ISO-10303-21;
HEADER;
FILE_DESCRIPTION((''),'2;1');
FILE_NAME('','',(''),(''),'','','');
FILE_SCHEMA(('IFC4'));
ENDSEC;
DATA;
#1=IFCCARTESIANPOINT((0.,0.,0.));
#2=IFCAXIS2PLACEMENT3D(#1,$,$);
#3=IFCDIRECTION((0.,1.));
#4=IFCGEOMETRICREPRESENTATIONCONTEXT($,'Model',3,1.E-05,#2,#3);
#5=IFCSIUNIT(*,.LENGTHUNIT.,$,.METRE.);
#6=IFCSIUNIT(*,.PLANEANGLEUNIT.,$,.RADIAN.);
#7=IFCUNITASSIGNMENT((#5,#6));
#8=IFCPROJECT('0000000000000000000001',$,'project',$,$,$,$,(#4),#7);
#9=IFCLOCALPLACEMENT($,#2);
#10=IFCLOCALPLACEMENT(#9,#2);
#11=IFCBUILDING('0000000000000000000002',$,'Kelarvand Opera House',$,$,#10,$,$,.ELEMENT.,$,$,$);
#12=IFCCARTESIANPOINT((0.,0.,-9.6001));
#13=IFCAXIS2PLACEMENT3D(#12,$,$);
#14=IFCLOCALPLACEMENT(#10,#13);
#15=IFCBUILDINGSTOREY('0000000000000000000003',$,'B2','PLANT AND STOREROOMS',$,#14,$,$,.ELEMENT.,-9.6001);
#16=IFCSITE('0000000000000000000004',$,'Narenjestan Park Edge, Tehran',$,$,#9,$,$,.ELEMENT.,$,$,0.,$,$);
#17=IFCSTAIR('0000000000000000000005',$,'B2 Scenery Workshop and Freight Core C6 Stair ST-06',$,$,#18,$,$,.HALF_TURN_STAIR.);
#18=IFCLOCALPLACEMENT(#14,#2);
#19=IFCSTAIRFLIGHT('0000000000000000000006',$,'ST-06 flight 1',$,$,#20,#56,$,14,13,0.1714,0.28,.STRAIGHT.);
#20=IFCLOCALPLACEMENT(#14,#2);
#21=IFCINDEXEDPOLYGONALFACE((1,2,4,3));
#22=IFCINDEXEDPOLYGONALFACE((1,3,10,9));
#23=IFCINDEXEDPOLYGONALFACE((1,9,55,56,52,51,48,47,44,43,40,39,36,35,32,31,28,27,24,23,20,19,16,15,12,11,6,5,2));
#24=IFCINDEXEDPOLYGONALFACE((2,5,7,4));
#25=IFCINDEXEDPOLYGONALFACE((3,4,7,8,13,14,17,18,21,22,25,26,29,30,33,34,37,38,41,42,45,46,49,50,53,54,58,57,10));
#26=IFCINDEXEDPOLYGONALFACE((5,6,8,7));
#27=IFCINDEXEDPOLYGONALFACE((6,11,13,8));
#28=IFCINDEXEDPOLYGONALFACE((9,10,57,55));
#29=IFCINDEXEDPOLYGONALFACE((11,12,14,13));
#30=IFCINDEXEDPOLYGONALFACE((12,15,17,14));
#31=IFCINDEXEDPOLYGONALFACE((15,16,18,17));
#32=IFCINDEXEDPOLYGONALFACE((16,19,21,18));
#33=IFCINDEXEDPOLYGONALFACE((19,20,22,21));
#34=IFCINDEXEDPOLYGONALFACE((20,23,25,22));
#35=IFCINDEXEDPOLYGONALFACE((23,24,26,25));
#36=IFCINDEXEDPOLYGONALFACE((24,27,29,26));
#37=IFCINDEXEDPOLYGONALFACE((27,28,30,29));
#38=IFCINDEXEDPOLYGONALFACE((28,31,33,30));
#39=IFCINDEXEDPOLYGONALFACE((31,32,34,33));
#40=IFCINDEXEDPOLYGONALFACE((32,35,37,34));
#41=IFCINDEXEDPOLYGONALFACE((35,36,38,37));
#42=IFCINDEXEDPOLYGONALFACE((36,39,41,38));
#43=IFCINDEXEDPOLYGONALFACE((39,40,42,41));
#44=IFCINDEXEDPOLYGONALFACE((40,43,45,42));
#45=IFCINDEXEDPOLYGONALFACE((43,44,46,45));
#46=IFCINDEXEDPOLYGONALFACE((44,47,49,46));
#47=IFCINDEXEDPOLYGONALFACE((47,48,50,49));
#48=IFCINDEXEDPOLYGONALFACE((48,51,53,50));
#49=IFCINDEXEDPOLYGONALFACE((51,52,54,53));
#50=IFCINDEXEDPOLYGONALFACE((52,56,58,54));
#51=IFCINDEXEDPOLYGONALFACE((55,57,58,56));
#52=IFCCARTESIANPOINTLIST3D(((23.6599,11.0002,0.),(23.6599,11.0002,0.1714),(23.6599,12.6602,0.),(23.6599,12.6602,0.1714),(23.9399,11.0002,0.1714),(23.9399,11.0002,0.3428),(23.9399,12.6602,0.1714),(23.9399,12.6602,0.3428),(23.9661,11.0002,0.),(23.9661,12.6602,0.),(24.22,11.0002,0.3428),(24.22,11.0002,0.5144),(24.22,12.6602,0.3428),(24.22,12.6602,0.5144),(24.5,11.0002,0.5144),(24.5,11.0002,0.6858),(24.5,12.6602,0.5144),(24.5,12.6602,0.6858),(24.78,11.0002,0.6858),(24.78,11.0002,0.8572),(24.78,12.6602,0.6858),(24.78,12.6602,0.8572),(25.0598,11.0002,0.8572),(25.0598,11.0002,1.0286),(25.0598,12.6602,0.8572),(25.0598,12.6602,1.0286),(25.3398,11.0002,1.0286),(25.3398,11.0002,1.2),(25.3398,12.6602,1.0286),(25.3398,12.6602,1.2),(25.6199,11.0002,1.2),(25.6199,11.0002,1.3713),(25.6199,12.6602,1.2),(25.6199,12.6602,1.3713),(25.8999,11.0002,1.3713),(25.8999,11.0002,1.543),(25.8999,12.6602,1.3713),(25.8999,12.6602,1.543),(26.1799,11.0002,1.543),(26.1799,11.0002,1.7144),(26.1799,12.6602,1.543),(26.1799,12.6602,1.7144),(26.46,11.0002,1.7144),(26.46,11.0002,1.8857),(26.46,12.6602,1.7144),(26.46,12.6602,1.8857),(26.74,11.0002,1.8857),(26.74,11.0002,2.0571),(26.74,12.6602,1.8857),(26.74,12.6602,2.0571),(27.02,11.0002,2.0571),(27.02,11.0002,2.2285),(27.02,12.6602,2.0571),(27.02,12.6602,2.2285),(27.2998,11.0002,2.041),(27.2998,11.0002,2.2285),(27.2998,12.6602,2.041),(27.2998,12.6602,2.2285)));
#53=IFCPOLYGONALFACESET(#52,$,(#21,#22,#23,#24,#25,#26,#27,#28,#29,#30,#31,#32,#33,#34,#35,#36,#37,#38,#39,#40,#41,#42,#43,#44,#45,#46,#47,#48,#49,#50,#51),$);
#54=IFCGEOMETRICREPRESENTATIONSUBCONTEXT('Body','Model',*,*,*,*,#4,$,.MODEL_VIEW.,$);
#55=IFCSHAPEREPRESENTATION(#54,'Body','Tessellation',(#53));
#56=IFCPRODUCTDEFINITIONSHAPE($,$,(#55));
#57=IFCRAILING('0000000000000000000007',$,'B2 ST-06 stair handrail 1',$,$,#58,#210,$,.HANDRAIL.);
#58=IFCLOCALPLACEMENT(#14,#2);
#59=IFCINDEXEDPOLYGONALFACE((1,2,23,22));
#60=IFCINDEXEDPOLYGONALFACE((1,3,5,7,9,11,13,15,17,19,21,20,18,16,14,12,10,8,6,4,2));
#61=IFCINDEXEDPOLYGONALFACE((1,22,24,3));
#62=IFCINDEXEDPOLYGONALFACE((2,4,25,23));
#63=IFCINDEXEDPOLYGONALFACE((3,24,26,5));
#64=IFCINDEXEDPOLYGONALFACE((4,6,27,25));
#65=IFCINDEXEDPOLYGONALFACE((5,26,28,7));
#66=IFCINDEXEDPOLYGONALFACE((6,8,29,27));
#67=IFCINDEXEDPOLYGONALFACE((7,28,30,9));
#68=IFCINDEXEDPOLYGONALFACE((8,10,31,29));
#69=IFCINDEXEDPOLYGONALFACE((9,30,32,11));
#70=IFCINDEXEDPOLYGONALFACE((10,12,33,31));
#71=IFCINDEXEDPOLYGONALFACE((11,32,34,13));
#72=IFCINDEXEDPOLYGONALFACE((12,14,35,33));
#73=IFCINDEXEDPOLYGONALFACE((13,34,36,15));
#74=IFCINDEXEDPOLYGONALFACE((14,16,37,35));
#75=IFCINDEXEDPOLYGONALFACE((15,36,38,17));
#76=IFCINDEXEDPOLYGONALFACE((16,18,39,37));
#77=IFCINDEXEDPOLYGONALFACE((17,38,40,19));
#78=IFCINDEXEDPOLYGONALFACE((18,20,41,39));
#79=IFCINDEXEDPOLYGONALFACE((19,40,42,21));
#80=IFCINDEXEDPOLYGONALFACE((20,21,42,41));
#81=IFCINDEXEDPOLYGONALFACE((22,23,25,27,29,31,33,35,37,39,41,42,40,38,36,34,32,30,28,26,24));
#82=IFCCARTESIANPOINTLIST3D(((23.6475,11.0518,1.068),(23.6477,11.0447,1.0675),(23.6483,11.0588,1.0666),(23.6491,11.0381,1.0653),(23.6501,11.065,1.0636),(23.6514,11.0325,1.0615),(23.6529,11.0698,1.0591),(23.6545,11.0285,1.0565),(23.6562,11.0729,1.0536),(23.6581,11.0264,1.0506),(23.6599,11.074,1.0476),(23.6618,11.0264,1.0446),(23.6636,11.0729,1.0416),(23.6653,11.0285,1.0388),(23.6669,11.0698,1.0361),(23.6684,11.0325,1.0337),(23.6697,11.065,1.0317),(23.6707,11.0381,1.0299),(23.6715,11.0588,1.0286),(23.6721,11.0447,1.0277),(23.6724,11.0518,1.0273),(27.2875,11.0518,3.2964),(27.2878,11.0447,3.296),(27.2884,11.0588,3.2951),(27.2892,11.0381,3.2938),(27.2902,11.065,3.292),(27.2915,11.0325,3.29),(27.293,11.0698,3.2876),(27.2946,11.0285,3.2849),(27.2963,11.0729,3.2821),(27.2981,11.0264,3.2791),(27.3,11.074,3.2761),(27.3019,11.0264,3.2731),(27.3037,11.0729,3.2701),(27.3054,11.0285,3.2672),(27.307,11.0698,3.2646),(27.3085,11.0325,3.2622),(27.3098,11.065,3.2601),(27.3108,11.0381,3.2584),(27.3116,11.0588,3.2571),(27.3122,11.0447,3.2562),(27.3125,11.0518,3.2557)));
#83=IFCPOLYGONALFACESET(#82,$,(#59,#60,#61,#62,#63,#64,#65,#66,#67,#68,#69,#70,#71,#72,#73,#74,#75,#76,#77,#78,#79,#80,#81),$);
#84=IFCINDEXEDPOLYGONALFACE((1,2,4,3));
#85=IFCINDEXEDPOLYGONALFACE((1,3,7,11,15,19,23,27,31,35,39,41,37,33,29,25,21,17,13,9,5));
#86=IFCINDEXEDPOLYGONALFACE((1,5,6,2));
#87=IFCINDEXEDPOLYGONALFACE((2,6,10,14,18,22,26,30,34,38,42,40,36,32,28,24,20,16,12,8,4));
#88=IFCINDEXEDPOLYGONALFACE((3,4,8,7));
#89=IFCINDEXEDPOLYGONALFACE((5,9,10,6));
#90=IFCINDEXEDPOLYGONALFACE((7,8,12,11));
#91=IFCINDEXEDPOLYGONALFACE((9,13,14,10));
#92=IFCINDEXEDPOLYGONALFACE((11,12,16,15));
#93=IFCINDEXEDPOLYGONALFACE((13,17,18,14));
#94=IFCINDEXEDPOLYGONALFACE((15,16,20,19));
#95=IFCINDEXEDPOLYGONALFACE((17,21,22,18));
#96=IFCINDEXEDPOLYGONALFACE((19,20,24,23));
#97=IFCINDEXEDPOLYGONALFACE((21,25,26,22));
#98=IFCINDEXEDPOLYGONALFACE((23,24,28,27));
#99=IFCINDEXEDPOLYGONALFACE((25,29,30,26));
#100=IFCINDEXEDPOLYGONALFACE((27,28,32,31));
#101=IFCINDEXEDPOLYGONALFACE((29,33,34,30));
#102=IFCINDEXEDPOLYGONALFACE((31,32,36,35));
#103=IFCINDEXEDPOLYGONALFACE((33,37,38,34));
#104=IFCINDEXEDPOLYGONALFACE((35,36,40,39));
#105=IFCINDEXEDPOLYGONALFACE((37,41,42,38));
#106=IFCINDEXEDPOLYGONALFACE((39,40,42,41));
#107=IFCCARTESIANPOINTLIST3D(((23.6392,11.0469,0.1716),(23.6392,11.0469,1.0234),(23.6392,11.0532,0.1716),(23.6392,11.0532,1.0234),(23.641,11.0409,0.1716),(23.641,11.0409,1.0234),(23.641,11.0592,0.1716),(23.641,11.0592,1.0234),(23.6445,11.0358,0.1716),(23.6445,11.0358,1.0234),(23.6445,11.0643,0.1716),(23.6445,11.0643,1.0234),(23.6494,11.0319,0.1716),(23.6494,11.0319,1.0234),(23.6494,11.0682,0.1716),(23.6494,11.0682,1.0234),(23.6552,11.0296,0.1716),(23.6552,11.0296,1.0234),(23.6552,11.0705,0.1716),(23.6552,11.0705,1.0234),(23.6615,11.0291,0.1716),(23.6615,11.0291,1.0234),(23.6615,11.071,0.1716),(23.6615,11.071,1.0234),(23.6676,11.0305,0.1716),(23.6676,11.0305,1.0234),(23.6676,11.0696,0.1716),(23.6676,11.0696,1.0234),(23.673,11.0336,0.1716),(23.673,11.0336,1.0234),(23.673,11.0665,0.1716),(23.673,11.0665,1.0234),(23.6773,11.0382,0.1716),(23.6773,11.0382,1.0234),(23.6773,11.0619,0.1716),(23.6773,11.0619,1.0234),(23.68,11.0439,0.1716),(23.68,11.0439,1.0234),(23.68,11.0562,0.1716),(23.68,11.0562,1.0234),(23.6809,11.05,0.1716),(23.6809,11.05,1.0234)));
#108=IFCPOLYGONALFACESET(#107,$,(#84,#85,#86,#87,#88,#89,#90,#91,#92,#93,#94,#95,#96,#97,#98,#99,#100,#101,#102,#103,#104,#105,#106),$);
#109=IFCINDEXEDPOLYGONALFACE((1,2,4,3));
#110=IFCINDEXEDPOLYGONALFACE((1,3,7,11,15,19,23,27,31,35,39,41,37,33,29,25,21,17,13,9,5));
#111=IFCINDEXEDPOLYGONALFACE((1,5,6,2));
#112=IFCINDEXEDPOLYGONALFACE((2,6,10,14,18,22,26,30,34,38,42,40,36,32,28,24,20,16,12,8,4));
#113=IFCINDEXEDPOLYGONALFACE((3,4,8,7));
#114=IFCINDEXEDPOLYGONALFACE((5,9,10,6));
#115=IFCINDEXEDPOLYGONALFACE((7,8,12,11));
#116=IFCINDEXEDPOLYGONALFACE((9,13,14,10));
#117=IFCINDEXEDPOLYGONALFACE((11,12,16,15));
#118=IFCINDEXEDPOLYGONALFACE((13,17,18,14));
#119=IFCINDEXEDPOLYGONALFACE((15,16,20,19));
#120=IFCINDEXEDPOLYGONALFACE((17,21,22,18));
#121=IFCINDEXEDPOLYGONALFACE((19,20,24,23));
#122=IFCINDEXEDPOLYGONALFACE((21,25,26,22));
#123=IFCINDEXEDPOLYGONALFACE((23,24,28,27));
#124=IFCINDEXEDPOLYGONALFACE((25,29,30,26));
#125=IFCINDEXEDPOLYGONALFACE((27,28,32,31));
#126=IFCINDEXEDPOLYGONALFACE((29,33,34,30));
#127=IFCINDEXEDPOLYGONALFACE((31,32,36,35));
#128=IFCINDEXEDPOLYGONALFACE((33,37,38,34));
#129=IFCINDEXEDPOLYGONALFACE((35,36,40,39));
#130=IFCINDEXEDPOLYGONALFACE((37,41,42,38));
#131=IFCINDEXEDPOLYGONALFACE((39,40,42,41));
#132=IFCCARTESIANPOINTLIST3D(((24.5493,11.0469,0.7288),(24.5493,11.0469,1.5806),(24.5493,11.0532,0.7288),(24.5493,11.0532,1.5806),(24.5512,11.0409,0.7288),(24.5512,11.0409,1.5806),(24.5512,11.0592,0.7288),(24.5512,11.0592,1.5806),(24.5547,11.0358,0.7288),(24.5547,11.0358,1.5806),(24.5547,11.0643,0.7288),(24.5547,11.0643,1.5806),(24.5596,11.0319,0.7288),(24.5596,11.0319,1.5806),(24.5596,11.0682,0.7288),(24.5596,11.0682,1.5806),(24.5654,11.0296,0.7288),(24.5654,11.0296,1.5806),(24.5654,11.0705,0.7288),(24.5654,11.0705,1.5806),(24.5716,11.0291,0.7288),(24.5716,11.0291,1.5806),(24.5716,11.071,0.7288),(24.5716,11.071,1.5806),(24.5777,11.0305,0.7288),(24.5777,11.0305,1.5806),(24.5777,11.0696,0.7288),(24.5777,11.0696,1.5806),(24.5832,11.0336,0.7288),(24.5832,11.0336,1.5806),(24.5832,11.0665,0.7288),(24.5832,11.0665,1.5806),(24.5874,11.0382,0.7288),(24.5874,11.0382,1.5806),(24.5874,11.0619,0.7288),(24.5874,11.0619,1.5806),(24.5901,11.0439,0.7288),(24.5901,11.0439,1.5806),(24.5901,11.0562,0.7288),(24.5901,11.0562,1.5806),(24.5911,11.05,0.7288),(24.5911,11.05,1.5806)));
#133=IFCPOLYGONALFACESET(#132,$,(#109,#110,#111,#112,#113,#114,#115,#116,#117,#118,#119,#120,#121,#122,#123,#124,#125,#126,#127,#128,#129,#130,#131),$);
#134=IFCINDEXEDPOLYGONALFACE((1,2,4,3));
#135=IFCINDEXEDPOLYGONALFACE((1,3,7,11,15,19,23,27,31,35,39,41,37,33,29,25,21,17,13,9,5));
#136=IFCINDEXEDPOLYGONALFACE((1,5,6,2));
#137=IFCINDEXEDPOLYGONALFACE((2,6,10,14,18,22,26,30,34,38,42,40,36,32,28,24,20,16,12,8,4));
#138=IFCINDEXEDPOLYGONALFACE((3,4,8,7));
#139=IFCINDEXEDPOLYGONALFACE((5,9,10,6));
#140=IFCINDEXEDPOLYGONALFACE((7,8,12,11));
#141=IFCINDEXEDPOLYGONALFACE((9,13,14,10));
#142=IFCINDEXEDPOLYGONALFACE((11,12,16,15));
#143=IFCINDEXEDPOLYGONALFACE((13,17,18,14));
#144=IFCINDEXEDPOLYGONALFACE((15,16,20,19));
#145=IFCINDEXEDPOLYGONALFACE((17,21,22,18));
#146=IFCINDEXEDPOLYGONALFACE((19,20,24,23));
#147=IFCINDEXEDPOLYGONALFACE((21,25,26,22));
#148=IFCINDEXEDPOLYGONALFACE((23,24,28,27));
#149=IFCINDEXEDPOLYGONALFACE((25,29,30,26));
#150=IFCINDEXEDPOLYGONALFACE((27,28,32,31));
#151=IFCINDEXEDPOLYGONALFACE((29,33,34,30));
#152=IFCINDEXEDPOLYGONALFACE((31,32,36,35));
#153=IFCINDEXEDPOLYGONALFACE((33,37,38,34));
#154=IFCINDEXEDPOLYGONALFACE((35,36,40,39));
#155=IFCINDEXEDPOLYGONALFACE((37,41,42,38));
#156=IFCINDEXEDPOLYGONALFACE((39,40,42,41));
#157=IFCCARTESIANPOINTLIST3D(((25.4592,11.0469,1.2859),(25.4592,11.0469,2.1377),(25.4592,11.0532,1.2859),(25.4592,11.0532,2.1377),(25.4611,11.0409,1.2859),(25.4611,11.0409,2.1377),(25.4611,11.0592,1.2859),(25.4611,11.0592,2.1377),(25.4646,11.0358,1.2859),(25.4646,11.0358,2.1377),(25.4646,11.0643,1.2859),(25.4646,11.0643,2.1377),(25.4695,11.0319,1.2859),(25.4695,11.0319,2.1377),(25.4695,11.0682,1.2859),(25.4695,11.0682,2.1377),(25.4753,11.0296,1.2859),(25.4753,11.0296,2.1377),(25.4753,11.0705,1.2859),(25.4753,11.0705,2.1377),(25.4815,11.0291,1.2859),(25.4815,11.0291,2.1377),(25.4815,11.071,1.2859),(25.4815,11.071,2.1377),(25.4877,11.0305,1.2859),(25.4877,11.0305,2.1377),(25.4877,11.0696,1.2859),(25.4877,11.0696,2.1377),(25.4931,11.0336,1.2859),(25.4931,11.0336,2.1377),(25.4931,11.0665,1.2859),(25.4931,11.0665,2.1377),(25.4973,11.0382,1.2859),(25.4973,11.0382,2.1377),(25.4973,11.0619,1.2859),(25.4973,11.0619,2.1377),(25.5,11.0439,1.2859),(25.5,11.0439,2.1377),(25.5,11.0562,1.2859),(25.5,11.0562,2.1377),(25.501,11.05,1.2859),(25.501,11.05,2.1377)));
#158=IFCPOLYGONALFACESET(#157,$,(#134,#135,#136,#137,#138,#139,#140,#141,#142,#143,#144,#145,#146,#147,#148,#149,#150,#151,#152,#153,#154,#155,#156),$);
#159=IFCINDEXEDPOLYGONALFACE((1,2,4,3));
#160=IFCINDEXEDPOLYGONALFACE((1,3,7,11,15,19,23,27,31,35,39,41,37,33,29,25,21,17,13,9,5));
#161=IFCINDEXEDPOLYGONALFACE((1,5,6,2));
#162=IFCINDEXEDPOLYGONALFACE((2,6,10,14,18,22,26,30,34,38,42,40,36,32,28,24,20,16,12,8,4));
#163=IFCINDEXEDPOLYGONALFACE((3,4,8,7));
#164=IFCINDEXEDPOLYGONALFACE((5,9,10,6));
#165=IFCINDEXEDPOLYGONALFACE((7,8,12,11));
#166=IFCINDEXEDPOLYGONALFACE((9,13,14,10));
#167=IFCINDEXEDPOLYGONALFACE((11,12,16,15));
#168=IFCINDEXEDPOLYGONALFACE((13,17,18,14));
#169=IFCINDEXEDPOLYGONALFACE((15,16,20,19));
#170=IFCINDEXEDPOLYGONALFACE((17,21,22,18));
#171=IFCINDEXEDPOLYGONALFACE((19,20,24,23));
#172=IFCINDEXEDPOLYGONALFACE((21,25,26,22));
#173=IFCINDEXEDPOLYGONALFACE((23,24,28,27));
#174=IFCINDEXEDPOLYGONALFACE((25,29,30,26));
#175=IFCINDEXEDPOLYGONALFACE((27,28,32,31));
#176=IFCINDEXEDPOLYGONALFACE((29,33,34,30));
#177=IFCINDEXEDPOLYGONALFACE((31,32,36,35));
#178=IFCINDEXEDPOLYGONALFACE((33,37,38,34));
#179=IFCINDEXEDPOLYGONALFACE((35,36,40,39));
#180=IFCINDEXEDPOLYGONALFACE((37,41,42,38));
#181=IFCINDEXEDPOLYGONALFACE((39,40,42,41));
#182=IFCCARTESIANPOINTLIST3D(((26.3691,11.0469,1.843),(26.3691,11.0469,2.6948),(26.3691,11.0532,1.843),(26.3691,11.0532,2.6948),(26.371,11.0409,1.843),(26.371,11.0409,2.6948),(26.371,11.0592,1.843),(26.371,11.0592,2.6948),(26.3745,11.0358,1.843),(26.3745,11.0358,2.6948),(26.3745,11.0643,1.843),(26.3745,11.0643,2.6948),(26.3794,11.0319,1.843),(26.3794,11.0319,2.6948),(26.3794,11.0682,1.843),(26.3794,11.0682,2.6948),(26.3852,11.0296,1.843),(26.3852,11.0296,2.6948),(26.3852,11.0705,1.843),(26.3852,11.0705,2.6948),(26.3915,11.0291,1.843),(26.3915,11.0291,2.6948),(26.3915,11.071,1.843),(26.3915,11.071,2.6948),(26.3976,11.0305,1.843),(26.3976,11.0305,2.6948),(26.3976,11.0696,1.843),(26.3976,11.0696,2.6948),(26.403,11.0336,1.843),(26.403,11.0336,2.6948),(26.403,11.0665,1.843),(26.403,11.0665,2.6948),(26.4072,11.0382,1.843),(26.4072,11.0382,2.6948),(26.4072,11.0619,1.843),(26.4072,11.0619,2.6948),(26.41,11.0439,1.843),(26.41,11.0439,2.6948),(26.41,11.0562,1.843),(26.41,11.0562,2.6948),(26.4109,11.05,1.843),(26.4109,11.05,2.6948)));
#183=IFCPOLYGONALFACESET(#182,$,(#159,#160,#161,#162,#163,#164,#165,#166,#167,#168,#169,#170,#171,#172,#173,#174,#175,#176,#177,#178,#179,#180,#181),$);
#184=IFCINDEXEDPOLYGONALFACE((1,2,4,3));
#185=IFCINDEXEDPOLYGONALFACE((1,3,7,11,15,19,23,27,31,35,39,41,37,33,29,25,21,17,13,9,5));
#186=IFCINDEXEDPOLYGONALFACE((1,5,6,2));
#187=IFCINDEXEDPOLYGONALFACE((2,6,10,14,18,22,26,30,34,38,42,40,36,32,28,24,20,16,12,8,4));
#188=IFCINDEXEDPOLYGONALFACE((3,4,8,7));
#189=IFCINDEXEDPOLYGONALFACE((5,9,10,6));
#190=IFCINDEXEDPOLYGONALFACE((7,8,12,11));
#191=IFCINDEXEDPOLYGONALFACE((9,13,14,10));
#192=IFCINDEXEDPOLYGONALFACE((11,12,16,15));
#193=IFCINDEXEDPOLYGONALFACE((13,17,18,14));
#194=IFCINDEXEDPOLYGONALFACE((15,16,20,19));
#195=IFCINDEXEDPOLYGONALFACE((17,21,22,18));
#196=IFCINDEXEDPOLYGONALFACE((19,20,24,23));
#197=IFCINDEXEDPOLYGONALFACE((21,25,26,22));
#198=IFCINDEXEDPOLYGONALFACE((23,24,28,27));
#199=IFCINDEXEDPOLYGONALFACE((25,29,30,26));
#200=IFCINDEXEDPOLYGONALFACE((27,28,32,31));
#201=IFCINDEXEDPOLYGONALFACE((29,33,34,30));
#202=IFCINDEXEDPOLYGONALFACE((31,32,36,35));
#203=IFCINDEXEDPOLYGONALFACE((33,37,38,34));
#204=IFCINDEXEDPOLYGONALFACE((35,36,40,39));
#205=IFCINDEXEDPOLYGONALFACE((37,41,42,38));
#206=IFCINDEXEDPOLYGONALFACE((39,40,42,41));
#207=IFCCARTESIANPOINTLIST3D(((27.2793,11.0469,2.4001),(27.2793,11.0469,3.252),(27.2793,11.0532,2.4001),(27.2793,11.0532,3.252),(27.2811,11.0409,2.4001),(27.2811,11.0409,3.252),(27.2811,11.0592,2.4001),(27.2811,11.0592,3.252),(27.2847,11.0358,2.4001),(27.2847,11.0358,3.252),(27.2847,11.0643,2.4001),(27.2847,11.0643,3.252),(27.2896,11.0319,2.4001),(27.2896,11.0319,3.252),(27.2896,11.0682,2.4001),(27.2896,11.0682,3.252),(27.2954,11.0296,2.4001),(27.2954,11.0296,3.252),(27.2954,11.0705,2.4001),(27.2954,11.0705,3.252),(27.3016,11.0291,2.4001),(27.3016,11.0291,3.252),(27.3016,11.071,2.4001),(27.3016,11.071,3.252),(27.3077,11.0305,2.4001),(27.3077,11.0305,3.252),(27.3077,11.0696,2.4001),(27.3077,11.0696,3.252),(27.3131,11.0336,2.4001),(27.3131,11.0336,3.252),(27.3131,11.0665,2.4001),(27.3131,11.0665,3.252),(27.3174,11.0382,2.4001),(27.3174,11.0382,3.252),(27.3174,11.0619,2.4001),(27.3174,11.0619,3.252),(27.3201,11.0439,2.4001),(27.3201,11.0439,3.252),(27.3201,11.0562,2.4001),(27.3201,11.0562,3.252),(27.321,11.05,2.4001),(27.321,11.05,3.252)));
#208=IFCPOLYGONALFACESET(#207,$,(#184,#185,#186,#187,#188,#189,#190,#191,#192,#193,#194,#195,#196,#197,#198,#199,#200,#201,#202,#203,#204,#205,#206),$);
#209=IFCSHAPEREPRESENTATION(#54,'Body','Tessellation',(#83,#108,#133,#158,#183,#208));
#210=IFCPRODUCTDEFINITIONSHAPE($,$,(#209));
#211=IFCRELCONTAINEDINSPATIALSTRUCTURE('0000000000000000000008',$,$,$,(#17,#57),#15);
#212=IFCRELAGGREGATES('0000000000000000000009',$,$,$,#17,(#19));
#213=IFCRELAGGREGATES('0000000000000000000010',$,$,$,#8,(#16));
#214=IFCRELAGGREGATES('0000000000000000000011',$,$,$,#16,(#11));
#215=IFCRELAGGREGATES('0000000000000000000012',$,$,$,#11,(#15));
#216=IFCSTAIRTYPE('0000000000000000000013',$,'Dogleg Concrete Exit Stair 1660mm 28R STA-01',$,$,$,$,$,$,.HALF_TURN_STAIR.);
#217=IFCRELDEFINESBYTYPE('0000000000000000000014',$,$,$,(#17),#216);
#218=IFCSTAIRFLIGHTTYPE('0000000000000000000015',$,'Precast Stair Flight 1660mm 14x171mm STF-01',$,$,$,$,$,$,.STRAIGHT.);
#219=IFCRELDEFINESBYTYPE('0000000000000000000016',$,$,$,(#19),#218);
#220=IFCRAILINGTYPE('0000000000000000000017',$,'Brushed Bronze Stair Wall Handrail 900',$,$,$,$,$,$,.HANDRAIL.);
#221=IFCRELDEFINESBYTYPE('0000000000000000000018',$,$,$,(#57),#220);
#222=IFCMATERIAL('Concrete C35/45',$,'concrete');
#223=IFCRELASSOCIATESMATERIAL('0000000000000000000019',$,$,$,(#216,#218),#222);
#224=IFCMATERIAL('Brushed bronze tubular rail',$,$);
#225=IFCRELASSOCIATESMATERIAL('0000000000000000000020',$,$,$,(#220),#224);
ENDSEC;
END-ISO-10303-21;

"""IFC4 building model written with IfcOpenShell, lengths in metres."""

from ifc_helpers import new_model, si_unit, direction, frame, origin, origin_2d, place, context, subcontext, project, spatial, polyline, circle, outline, extrude, material, type_object, element, aggregate, save


model = new_model("IFC4")

# Units and contexts
model_context = context("Model", 3, precision=1e-05, world=origin(), true_north=direction((0.0, 1.0)))
body_context = subcontext(model_context, "Body", "Model", "MODEL_VIEW")
ifc_project = project(units=[si_unit("LENGTHUNIT", "METRE"), si_unit("PLANEANGLEUNIT", "RADIAN")], contexts=[model_context])

# Site, building, storey
site_placement = place(None, origin())
site = spatial("IfcSite", under=ifc_project, at=site_placement, Name="Narenjestan Park Edge, Tehran", CompositionType="ELEMENT", RefElevation=0.0)
building_placement = place(site_placement, origin())
building = spatial("IfcBuilding", under=site, at=building_placement, Name="Kelarvand Opera House", CompositionType="ELEMENT")
storey_placement = place(building_placement, frame((0.0, 0.0, -9.6001)))
storey = spatial("IfcBuildingStorey", under=building, at=storey_placement, Name="B2", Description="PLANT AND STOREROOMS", CompositionType="ELEMENT", Elevation=-9.6001)

# Shared definitions
ifc_material_1 = material(Name="Concrete C35/45", Category="concrete")

# Stair, stair flight
stair_type = type_object("IfcStairType", Name="Dogleg Concrete Exit Stair 1660mm 28R STA-01", PredefinedType="HALF_TURN_STAIR", material=ifc_material_1)
stair_placement = place(storey_placement, origin())
stair = element("IfcStair", 1, at=stair_placement, inside=storey, type_object=stair_type, Name="B2 Scenery Workshop and Freight Core C6 Stair ST-06", PredefinedType="HALF_TURN_STAIR")
stair_flight_type = type_object("IfcStairFlightType", Name="Precast Stair Flight 1660mm 14x171mm STF-01", PredefinedType="STRAIGHT", material=ifc_material_1)
stair_flight_placement = place(storey_placement, frame((23.6599, 11.8301, 0.0), z_axis=(0.0, 0.0, 1.0), x_axis=(1.0, 0.0, 0.0)))
stair_flight = element("IfcStairFlight", 2, at=stair_flight_placement, type_object=stair_flight_type, Name="ST-06 flight 1", NumberOfRisers=14, NumberOfTreads=13, PredefinedType="STRAIGHT", RiserHeight=0.1714, TreadLength=0.28, context=body_context, shape_type="SweptSolid", body=[
    extrude(outline(polyline([(0.0, 0.0), (0.0, 0.1714), (0.28, 0.1714), (0.28, 0.3428), (0.5601, 0.3428), (0.5601, 0.5144), (0.8401, 0.5144), (0.8401, 0.6858), (1.1201, 0.6858), (1.1201, 0.8572), (1.3999, 0.8572), (1.3999, 1.0286), (1.6799, 1.0286), (1.6799, 1.2), (1.96, 1.2), (1.96, 1.3713), (2.24, 1.3713), (2.24, 1.543), (2.52, 1.543), (2.52, 1.7144), (2.8, 1.7144), (2.8, 1.8857), (3.0801, 1.8857), (3.0801, 2.0571), (3.3601, 2.0571), (3.3601, 2.2285), (3.6399, 2.2285), (3.6399, 2.3999), (3.6399, 2.041), (0.3062, 0.0), (0.0, 0.0)])), frame((0.0, 0.8301, 0.0), z_axis=(0.0, -1.0, 0.0), x_axis=(1.0, 0.0, 0.0)), (0.0, 0.0, 1.0), 1.6599),
])
aggregate(stair, [stair_flight])

# Railing
ifc_material_2 = material(Name="Brushed bronze tubular rail")
railing_type_1 = type_object("IfcRailingType", Name="Brushed Bronze Stair Wall Handrail 900", PredefinedType="HANDRAIL", material=ifc_material_2)
railing_1_placement = place(storey_placement, frame((23.6599, 11.05, 0.1716)))
element("IfcRailing", 3, at=railing_1_placement, inside=storey, type_object=railing_type_1, Name="B2 ST-06 stair handrail 1", PredefinedType="HANDRAIL", context=body_context, shape_type="SweptSolid", body=[
    extrude(circle(Radius=0.0239, at=origin_2d()), frame((0.0, 0.0, 0.876), z_axis=(0.852866, 0.0, 0.52213), x_axis=(0.0, 1.0, 0.0)), (0.0, 0.0, 1.0), 4.2681),
    extrude(circle(Radius=0.021, at=origin_2d()), origin(), (0.0, 0.0, 1.0), 0.8518),
    extrude(circle(Radius=0.021, at=origin_2d()), frame((0.9102, 0.0, 0.5571)), (0.0, 0.0, 1.0), 0.8518),
    extrude(circle(Radius=0.021, at=origin_2d()), frame((1.8201, 0.0, 1.1143)), (0.0, 0.0, 1.0), 0.8518),
    extrude(circle(Radius=0.021, at=origin_2d()), frame((2.73, 0.0, 1.6714)), (0.0, 0.0, 1.0), 0.8518),
    extrude(circle(Radius=0.021, at=origin_2d()), frame((3.6401, 0.0, 2.2285)), (0.0, 0.0, 1.0), 0.8518),
])

save(model, "model.ifc")
